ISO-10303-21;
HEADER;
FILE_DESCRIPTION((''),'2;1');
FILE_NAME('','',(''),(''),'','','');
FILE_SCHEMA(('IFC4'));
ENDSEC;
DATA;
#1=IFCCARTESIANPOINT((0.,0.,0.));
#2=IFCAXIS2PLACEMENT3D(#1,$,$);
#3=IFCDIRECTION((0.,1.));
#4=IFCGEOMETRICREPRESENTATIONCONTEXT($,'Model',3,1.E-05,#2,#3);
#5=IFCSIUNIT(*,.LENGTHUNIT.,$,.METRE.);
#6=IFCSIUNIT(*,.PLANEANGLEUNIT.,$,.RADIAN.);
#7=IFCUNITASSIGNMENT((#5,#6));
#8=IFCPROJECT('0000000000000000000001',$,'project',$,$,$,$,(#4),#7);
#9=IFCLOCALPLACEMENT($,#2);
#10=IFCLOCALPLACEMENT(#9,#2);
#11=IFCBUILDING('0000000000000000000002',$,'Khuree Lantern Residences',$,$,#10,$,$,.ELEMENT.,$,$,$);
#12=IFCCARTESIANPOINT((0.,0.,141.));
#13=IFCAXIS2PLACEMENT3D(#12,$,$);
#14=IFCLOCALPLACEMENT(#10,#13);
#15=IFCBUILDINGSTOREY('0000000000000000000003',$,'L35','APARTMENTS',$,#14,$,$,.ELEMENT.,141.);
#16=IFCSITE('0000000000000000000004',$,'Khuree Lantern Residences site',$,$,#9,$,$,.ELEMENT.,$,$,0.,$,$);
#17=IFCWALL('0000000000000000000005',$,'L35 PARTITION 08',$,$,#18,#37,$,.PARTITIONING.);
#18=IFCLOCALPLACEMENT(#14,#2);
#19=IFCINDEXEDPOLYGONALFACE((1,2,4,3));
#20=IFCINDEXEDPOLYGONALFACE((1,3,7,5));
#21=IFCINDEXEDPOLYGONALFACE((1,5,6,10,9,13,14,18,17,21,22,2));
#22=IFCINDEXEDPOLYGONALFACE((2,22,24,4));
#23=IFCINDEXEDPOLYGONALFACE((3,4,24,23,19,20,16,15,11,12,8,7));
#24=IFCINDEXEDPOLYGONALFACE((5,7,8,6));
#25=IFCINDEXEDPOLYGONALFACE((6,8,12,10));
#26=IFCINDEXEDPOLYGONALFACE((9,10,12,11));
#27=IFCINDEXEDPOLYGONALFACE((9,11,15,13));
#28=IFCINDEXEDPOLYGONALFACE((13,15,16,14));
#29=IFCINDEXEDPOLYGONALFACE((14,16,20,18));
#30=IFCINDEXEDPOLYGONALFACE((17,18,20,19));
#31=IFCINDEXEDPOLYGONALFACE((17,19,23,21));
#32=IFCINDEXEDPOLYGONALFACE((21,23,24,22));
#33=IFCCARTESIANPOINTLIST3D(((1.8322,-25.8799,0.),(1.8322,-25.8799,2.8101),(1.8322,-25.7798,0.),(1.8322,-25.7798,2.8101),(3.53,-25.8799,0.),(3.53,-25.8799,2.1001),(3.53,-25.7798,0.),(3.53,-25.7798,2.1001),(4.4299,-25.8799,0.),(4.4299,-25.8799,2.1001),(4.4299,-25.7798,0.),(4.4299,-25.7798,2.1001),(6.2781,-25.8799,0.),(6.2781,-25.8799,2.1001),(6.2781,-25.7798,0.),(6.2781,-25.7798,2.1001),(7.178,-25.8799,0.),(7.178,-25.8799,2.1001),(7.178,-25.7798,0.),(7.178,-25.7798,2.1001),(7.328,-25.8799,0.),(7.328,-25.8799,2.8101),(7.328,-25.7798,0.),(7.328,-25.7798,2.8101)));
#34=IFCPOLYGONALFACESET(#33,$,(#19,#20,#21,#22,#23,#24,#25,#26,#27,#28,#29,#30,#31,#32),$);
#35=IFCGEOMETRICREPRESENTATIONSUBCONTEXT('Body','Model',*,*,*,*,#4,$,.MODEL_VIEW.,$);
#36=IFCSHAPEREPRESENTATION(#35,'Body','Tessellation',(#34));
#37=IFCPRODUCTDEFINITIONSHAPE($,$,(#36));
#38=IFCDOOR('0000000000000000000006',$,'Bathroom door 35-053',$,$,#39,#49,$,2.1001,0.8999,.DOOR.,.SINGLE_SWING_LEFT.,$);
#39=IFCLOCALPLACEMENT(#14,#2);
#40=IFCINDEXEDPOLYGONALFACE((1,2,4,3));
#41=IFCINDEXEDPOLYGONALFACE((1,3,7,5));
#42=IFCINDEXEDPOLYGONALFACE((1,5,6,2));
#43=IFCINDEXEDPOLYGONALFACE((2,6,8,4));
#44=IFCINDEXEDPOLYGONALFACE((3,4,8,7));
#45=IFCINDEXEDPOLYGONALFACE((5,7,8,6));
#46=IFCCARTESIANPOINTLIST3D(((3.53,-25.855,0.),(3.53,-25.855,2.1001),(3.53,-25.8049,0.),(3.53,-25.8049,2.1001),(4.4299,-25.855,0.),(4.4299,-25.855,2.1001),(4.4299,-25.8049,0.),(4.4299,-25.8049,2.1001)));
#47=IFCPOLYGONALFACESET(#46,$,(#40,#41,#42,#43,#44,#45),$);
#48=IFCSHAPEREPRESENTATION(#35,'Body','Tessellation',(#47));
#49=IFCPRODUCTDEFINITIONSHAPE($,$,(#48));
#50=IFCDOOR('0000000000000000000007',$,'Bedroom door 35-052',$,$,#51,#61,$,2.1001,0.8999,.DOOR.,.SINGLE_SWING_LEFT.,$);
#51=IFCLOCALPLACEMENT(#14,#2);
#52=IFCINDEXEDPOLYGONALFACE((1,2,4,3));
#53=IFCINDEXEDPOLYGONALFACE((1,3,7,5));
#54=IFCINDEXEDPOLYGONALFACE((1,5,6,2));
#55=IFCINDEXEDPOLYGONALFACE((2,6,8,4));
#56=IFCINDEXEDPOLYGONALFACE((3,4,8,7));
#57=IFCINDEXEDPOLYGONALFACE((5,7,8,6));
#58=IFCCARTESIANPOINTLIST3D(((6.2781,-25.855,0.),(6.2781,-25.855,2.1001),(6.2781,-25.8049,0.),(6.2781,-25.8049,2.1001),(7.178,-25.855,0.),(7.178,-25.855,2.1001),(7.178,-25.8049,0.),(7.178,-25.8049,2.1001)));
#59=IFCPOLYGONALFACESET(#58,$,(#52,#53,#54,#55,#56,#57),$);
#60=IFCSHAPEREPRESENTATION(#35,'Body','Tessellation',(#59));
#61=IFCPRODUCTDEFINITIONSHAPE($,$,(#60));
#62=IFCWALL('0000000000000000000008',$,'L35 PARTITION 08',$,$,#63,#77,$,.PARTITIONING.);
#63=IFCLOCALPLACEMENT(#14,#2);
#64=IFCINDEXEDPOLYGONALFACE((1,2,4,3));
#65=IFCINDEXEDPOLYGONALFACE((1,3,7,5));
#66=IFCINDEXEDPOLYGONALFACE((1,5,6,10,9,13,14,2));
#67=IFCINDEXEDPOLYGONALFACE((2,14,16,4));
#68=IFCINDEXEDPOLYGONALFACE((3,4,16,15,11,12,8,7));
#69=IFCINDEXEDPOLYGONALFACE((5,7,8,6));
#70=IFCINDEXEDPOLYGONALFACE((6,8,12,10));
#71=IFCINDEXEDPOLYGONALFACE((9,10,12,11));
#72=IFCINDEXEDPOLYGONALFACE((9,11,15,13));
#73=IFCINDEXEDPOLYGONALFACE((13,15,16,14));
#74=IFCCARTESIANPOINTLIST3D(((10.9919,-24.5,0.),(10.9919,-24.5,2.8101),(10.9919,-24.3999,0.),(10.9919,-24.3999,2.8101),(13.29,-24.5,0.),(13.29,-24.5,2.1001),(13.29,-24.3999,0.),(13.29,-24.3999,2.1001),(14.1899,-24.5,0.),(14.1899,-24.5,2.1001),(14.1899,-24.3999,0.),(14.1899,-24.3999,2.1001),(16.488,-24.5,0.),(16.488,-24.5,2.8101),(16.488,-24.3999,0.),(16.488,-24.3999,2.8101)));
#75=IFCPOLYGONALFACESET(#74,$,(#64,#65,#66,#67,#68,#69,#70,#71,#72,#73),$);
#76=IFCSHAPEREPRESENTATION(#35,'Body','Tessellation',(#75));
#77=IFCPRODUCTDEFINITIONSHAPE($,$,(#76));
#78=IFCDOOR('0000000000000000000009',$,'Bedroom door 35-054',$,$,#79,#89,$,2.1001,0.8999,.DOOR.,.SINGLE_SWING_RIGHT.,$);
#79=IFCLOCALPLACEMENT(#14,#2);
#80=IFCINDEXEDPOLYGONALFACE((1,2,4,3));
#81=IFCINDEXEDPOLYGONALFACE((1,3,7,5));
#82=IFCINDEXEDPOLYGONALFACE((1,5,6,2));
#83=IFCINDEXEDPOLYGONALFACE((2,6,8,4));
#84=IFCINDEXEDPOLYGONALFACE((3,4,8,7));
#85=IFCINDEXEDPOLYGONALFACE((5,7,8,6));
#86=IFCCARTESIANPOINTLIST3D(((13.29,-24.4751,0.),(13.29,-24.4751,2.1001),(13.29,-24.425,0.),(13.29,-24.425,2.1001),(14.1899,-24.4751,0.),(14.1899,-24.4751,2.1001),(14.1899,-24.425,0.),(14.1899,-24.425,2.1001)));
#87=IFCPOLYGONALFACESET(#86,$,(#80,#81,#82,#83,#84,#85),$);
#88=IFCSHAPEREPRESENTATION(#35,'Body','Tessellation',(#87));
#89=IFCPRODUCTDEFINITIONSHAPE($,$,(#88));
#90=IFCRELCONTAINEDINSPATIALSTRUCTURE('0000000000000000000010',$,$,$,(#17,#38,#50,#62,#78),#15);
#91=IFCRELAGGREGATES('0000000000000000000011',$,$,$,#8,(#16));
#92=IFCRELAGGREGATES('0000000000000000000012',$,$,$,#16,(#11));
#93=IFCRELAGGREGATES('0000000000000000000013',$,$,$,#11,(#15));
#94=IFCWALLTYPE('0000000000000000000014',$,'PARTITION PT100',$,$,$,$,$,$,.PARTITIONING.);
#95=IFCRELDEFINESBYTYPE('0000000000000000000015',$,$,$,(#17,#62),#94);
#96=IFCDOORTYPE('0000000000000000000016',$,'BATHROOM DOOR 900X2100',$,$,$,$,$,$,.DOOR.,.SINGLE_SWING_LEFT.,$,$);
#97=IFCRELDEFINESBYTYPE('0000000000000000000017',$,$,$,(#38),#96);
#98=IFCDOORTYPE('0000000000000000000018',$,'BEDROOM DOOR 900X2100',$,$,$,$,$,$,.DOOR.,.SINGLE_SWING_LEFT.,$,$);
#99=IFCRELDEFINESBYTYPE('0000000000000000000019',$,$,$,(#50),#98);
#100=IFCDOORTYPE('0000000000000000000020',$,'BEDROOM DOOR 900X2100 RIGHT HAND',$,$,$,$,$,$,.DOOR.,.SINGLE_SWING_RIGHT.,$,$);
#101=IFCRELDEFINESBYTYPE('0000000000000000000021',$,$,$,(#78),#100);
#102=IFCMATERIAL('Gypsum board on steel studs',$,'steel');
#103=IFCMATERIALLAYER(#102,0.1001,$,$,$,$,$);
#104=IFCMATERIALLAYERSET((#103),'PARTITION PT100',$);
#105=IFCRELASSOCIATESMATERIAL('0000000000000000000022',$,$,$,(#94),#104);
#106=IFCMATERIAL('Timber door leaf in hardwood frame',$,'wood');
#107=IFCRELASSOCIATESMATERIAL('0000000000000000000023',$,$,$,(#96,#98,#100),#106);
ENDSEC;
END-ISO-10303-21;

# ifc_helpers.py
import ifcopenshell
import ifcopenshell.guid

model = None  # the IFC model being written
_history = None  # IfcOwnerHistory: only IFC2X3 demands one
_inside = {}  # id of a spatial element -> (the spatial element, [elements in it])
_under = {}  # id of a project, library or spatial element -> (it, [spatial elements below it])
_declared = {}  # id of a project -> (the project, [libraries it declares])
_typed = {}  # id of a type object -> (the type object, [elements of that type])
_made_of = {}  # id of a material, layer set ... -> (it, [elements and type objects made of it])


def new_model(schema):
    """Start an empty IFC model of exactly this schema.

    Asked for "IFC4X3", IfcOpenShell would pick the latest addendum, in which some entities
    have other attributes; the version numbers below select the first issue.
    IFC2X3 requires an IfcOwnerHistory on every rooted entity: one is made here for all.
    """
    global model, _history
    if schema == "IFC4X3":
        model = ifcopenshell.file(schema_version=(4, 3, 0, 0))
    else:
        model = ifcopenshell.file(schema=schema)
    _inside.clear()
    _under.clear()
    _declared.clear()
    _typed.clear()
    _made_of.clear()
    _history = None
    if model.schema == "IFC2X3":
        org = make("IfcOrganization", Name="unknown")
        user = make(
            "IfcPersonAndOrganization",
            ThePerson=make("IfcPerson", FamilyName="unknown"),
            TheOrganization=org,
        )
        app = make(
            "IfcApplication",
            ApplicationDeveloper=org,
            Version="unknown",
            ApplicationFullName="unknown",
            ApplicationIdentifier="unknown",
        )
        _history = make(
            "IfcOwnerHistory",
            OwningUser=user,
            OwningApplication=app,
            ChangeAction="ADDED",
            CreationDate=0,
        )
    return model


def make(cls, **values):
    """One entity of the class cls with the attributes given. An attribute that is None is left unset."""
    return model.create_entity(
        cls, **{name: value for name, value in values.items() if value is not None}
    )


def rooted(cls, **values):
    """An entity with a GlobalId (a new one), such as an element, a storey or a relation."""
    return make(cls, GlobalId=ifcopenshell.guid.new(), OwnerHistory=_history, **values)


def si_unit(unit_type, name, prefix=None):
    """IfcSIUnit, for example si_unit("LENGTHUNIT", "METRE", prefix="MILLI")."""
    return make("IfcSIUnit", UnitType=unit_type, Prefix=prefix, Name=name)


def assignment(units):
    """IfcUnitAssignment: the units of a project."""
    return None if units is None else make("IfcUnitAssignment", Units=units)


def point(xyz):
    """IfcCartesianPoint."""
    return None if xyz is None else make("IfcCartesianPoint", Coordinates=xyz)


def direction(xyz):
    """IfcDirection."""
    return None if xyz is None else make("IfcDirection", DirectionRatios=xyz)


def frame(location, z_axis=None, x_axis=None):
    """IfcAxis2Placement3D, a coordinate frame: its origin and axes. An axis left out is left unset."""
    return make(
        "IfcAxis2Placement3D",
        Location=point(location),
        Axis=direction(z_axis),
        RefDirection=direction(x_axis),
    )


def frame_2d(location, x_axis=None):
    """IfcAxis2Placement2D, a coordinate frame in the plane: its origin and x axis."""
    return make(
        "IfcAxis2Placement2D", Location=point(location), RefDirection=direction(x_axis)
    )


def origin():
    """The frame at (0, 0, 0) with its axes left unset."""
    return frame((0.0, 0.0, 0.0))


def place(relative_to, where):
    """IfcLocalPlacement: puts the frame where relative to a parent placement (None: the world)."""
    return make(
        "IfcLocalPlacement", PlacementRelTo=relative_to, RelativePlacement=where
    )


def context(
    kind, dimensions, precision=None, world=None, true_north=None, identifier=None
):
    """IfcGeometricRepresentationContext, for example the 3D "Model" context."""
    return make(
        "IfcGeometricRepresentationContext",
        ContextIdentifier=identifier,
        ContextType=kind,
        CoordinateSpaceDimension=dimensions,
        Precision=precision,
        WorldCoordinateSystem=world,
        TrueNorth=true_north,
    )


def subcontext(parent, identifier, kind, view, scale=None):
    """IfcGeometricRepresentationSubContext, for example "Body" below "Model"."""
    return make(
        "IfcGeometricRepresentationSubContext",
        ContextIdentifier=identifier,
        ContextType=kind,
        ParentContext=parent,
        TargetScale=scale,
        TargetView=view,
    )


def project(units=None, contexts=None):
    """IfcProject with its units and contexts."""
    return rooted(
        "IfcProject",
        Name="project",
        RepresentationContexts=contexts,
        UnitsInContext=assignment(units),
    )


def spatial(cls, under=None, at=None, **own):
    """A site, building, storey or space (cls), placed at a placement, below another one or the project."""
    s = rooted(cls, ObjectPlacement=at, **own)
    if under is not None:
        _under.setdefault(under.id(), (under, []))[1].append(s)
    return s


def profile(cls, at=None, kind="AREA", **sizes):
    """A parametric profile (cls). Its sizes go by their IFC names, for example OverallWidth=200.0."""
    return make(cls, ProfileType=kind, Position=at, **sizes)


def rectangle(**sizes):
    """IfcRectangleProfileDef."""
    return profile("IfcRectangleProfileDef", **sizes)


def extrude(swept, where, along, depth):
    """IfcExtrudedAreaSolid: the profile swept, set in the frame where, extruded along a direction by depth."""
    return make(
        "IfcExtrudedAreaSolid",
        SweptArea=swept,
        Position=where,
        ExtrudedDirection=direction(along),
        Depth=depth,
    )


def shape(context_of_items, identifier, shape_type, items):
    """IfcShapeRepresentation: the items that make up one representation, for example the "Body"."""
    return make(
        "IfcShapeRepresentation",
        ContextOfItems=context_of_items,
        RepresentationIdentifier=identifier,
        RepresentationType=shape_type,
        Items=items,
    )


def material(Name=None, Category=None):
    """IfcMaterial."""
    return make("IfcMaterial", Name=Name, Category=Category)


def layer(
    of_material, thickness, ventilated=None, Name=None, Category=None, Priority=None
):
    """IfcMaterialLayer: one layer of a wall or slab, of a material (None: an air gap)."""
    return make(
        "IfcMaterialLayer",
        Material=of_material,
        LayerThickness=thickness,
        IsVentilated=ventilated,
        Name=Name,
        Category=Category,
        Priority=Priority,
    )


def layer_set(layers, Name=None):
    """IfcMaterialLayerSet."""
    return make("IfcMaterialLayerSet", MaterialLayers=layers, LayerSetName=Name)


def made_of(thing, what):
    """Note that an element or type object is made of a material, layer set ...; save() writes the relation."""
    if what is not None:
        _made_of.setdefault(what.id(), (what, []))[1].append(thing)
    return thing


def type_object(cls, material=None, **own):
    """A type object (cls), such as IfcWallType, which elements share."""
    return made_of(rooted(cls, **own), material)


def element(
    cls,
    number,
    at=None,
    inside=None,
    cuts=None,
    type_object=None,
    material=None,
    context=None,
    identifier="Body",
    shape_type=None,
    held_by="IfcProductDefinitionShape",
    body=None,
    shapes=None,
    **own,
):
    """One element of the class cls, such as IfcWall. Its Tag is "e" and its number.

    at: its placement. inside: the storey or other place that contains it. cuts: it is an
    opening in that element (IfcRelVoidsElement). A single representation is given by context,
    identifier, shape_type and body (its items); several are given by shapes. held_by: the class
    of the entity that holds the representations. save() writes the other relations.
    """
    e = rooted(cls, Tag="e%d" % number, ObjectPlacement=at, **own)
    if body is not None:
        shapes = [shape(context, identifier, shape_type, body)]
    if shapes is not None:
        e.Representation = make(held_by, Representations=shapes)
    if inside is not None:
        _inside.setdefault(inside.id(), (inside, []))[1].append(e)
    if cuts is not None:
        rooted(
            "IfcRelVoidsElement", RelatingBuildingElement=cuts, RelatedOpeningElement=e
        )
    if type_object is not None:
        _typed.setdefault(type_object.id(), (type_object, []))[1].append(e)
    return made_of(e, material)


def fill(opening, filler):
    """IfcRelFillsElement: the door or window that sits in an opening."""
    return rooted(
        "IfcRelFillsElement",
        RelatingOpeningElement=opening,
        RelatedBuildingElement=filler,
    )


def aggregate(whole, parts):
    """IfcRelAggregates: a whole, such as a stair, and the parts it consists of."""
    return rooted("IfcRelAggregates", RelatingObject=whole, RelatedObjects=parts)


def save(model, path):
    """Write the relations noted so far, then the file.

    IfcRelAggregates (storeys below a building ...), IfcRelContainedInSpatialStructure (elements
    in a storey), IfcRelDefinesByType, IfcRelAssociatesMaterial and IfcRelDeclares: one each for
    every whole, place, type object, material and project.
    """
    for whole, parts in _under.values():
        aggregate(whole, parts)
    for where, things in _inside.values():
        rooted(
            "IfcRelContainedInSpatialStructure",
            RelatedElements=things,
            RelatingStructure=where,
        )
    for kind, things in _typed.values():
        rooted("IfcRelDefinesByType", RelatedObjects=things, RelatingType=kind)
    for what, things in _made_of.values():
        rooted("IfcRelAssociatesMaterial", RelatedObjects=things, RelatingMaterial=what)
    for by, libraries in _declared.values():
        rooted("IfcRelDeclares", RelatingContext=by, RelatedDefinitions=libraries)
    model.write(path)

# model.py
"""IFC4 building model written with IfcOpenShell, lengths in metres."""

from ifc_helpers import new_model, si_unit, direction, frame, frame_2d, origin, place, context, subcontext, project, spatial, rectangle, extrude, material, layer, layer_set, type_object, element, fill, save


model = new_model("IFC4")

# Units and contexts
model_context = context("Model", 3, precision=1e-05, world=origin(), true_north=direction((0.0, 1.0)))
body_context = subcontext(model_context, "Body", "Model", "MODEL_VIEW")
ifc_project = project(units=[si_unit("LENGTHUNIT", "METRE"), si_unit("PLANEANGLEUNIT", "RADIAN")], contexts=[model_context])

# Site, building, storey
site_placement = place(None, origin())
site = spatial("IfcSite", under=ifc_project, at=site_placement, Name="Khuree Lantern Residences site", CompositionType="ELEMENT", RefElevation=0.0)
building_placement = place(site_placement, origin())
building = spatial("IfcBuilding", under=site, at=building_placement, Name="Khuree Lantern Residences", CompositionType="ELEMENT")
storey_placement = place(building_placement, frame((0.0, 0.0, 141.0)))
storey = spatial("IfcBuildingStorey", under=building, at=storey_placement, Name="L35", Description="APARTMENTS", CompositionType="ELEMENT", Elevation=141.0)

# Shared definitions
ifc_material_1 = material(Name="Gypsum board on steel studs", Category="steel")
ifc_layer_1 = layer(ifc_material_1, 0.1001)
ifc_layer_set_1 = layer_set([ifc_layer_1], Name="PARTITION PT100")
wall_type_1 = type_object("IfcWallType", Name="PARTITION PT100", PredefinedType="PARTITIONING", material=ifc_layer_set_1)

# Wall, openings, doors
wall_1_placement = place(storey_placement, frame((1.832, -25.8298, 0.0), z_axis=(0.0, 0.0, 1.0), x_axis=(1.0, 0.0, 0.0)))
wall_1 = element("IfcWall", 1, at=wall_1_placement, inside=storey, type_object=wall_type_1, Name="L35 PARTITION 08", PredefinedType="PARTITIONING", context=body_context, shape_type="SweptSolid", body=[
    extrude(rectangle(XDim=5.4958, YDim=0.1001, at=frame_2d((2.748, 0.0))), origin(), (0.0, 0.0, 1.0), 2.8101),
])
opening_1_placement = place(wall_1_placement, frame((4.446, 0.0, 0.0)))
opening_1 = element("IfcOpeningElement", 2, at=opening_1_placement, cuts=wall_1, PredefinedType="OPENING", context=body_context, shape_type="SweptSolid", body=[
    extrude(rectangle(XDim=0.8999, YDim=2.1001, at=frame_2d((0.45, 1.05))), frame((0.0, 0.0601, 0.0), z_axis=(0.0, -1.0, 0.0), x_axis=(1.0, 0.0, 0.0)), (0.0, 0.0, 1.0), 0.1201),
])
opening_2_placement = place(wall_1_placement, frame((1.698, 0.0, 0.0)))
opening_2 = element("IfcOpeningElement", 3, at=opening_2_placement, cuts=wall_1, PredefinedType="OPENING", context=body_context, shape_type="SweptSolid", body=[
    extrude(rectangle(XDim=0.8999, YDim=2.1001, at=frame_2d((0.45, 1.05))), frame((0.0, 0.0601, 0.0), z_axis=(0.0, -1.0, 0.0), x_axis=(1.0, 0.0, 0.0)), (0.0, 0.0, 1.0), 0.1201),
])
ifc_material_2 = material(Name="Timber door leaf in hardwood frame", Category="wood")
door_type_1 = type_object("IfcDoorType", Name="BATHROOM DOOR 900X2100", OperationType="SINGLE_SWING_LEFT", PredefinedType="DOOR", material=ifc_material_2)
door_1_placement = place(opening_2_placement, origin())
door_1 = element("IfcDoor", 4, at=door_1_placement, inside=storey, type_object=door_type_1, Name="Bathroom door 35-053", OperationType="SINGLE_SWING_LEFT", OverallHeight=2.1001, OverallWidth=0.8999, PredefinedType="DOOR", context=body_context, shape_type="SweptSolid", body=[
    extrude(rectangle(XDim=0.8999, YDim=2.1001, at=frame_2d((0.45, 1.05))), frame((0.0, 0.0249, 0.0), z_axis=(0.0, -1.0, 0.0), x_axis=(1.0, 0.0, 0.0)), (0.0, 0.0, 1.0), 0.05),
])
fill(opening_2, door_1)
door_type_2 = type_object("IfcDoorType", Name="BEDROOM DOOR 900X2100", OperationType="SINGLE_SWING_LEFT", PredefinedType="DOOR", material=ifc_material_2)
door_2_placement = place(opening_1_placement, origin())
door_2 = element("IfcDoor", 5, at=door_2_placement, inside=storey, type_object=door_type_2, Name="Bedroom door 35-052", OperationType="SINGLE_SWING_LEFT", OverallHeight=2.1001, OverallWidth=0.8999, PredefinedType="DOOR", context=body_context, shape_type="SweptSolid", body=[
    extrude(rectangle(XDim=0.8999, YDim=2.1001, at=frame_2d((0.45, 1.05))), frame((0.0, 0.0249, 0.0), z_axis=(0.0, -1.0, 0.0), x_axis=(1.0, 0.0, 0.0)), (0.0, 0.0, 1.0), 0.05),
])
fill(opening_1, door_2)

# Wall, opening, door
wall_2_placement = place(storey_placement, frame((10.9919, -24.45, 0.0), z_axis=(0.0, 0.0, 1.0), x_axis=(1.0, 0.0, 0.0)))
wall_2 = element("IfcWall", 6, at=wall_2_placement, inside=storey, type_object=wall_type_1, Name="L35 PARTITION 08", PredefinedType="PARTITIONING", context=body_context, shape_type="SweptSolid", body=[
    extrude(rectangle(XDim=5.4961, YDim=0.1001, at=frame_2d((2.748, 0.0))), origin(), (0.0, 0.0, 1.0), 2.8101),
])
opening_3_placement = place(wall_2_placement, frame((2.2981, 0.0, 0.0)))
opening_3 = element("IfcOpeningElement", 7, at=opening_3_placement, cuts=wall_2, PredefinedType="OPENING", context=body_context, shape_type="SweptSolid", body=[
    extrude(rectangle(XDim=0.8999, YDim=2.1001, at=frame_2d((0.45, 1.05))), frame((0.0, 0.0601, 0.0), z_axis=(0.0, -1.0, 0.0), x_axis=(1.0, 0.0, 0.0)), (0.0, 0.0, 1.0), 0.1201),
])
door_type_3 = type_object("IfcDoorType", Name="BEDROOM DOOR 900X2100 RIGHT HAND", OperationType="SINGLE_SWING_RIGHT", PredefinedType="DOOR", material=ifc_material_2)
door_3_placement = place(opening_3_placement, origin())
door_3 = element("IfcDoor", 8, at=door_3_placement, inside=storey, type_object=door_type_3, Name="Bedroom door 35-054", OperationType="SINGLE_SWING_RIGHT", OverallHeight=2.1001, OverallWidth=0.8999, PredefinedType="DOOR", context=body_context, shape_type="SweptSolid", body=[
    extrude(rectangle(XDim=0.8999, YDim=2.1001, at=frame_2d((0.45, 1.05))), frame((0.0, 0.0249, 0.0), z_axis=(0.0, -1.0, 0.0), x_axis=(1.0, 0.0, 0.0)), (0.0, 0.0, 1.0), 0.05),
])
fill(opening_3, door_3)

save(model, "model.ifc")
